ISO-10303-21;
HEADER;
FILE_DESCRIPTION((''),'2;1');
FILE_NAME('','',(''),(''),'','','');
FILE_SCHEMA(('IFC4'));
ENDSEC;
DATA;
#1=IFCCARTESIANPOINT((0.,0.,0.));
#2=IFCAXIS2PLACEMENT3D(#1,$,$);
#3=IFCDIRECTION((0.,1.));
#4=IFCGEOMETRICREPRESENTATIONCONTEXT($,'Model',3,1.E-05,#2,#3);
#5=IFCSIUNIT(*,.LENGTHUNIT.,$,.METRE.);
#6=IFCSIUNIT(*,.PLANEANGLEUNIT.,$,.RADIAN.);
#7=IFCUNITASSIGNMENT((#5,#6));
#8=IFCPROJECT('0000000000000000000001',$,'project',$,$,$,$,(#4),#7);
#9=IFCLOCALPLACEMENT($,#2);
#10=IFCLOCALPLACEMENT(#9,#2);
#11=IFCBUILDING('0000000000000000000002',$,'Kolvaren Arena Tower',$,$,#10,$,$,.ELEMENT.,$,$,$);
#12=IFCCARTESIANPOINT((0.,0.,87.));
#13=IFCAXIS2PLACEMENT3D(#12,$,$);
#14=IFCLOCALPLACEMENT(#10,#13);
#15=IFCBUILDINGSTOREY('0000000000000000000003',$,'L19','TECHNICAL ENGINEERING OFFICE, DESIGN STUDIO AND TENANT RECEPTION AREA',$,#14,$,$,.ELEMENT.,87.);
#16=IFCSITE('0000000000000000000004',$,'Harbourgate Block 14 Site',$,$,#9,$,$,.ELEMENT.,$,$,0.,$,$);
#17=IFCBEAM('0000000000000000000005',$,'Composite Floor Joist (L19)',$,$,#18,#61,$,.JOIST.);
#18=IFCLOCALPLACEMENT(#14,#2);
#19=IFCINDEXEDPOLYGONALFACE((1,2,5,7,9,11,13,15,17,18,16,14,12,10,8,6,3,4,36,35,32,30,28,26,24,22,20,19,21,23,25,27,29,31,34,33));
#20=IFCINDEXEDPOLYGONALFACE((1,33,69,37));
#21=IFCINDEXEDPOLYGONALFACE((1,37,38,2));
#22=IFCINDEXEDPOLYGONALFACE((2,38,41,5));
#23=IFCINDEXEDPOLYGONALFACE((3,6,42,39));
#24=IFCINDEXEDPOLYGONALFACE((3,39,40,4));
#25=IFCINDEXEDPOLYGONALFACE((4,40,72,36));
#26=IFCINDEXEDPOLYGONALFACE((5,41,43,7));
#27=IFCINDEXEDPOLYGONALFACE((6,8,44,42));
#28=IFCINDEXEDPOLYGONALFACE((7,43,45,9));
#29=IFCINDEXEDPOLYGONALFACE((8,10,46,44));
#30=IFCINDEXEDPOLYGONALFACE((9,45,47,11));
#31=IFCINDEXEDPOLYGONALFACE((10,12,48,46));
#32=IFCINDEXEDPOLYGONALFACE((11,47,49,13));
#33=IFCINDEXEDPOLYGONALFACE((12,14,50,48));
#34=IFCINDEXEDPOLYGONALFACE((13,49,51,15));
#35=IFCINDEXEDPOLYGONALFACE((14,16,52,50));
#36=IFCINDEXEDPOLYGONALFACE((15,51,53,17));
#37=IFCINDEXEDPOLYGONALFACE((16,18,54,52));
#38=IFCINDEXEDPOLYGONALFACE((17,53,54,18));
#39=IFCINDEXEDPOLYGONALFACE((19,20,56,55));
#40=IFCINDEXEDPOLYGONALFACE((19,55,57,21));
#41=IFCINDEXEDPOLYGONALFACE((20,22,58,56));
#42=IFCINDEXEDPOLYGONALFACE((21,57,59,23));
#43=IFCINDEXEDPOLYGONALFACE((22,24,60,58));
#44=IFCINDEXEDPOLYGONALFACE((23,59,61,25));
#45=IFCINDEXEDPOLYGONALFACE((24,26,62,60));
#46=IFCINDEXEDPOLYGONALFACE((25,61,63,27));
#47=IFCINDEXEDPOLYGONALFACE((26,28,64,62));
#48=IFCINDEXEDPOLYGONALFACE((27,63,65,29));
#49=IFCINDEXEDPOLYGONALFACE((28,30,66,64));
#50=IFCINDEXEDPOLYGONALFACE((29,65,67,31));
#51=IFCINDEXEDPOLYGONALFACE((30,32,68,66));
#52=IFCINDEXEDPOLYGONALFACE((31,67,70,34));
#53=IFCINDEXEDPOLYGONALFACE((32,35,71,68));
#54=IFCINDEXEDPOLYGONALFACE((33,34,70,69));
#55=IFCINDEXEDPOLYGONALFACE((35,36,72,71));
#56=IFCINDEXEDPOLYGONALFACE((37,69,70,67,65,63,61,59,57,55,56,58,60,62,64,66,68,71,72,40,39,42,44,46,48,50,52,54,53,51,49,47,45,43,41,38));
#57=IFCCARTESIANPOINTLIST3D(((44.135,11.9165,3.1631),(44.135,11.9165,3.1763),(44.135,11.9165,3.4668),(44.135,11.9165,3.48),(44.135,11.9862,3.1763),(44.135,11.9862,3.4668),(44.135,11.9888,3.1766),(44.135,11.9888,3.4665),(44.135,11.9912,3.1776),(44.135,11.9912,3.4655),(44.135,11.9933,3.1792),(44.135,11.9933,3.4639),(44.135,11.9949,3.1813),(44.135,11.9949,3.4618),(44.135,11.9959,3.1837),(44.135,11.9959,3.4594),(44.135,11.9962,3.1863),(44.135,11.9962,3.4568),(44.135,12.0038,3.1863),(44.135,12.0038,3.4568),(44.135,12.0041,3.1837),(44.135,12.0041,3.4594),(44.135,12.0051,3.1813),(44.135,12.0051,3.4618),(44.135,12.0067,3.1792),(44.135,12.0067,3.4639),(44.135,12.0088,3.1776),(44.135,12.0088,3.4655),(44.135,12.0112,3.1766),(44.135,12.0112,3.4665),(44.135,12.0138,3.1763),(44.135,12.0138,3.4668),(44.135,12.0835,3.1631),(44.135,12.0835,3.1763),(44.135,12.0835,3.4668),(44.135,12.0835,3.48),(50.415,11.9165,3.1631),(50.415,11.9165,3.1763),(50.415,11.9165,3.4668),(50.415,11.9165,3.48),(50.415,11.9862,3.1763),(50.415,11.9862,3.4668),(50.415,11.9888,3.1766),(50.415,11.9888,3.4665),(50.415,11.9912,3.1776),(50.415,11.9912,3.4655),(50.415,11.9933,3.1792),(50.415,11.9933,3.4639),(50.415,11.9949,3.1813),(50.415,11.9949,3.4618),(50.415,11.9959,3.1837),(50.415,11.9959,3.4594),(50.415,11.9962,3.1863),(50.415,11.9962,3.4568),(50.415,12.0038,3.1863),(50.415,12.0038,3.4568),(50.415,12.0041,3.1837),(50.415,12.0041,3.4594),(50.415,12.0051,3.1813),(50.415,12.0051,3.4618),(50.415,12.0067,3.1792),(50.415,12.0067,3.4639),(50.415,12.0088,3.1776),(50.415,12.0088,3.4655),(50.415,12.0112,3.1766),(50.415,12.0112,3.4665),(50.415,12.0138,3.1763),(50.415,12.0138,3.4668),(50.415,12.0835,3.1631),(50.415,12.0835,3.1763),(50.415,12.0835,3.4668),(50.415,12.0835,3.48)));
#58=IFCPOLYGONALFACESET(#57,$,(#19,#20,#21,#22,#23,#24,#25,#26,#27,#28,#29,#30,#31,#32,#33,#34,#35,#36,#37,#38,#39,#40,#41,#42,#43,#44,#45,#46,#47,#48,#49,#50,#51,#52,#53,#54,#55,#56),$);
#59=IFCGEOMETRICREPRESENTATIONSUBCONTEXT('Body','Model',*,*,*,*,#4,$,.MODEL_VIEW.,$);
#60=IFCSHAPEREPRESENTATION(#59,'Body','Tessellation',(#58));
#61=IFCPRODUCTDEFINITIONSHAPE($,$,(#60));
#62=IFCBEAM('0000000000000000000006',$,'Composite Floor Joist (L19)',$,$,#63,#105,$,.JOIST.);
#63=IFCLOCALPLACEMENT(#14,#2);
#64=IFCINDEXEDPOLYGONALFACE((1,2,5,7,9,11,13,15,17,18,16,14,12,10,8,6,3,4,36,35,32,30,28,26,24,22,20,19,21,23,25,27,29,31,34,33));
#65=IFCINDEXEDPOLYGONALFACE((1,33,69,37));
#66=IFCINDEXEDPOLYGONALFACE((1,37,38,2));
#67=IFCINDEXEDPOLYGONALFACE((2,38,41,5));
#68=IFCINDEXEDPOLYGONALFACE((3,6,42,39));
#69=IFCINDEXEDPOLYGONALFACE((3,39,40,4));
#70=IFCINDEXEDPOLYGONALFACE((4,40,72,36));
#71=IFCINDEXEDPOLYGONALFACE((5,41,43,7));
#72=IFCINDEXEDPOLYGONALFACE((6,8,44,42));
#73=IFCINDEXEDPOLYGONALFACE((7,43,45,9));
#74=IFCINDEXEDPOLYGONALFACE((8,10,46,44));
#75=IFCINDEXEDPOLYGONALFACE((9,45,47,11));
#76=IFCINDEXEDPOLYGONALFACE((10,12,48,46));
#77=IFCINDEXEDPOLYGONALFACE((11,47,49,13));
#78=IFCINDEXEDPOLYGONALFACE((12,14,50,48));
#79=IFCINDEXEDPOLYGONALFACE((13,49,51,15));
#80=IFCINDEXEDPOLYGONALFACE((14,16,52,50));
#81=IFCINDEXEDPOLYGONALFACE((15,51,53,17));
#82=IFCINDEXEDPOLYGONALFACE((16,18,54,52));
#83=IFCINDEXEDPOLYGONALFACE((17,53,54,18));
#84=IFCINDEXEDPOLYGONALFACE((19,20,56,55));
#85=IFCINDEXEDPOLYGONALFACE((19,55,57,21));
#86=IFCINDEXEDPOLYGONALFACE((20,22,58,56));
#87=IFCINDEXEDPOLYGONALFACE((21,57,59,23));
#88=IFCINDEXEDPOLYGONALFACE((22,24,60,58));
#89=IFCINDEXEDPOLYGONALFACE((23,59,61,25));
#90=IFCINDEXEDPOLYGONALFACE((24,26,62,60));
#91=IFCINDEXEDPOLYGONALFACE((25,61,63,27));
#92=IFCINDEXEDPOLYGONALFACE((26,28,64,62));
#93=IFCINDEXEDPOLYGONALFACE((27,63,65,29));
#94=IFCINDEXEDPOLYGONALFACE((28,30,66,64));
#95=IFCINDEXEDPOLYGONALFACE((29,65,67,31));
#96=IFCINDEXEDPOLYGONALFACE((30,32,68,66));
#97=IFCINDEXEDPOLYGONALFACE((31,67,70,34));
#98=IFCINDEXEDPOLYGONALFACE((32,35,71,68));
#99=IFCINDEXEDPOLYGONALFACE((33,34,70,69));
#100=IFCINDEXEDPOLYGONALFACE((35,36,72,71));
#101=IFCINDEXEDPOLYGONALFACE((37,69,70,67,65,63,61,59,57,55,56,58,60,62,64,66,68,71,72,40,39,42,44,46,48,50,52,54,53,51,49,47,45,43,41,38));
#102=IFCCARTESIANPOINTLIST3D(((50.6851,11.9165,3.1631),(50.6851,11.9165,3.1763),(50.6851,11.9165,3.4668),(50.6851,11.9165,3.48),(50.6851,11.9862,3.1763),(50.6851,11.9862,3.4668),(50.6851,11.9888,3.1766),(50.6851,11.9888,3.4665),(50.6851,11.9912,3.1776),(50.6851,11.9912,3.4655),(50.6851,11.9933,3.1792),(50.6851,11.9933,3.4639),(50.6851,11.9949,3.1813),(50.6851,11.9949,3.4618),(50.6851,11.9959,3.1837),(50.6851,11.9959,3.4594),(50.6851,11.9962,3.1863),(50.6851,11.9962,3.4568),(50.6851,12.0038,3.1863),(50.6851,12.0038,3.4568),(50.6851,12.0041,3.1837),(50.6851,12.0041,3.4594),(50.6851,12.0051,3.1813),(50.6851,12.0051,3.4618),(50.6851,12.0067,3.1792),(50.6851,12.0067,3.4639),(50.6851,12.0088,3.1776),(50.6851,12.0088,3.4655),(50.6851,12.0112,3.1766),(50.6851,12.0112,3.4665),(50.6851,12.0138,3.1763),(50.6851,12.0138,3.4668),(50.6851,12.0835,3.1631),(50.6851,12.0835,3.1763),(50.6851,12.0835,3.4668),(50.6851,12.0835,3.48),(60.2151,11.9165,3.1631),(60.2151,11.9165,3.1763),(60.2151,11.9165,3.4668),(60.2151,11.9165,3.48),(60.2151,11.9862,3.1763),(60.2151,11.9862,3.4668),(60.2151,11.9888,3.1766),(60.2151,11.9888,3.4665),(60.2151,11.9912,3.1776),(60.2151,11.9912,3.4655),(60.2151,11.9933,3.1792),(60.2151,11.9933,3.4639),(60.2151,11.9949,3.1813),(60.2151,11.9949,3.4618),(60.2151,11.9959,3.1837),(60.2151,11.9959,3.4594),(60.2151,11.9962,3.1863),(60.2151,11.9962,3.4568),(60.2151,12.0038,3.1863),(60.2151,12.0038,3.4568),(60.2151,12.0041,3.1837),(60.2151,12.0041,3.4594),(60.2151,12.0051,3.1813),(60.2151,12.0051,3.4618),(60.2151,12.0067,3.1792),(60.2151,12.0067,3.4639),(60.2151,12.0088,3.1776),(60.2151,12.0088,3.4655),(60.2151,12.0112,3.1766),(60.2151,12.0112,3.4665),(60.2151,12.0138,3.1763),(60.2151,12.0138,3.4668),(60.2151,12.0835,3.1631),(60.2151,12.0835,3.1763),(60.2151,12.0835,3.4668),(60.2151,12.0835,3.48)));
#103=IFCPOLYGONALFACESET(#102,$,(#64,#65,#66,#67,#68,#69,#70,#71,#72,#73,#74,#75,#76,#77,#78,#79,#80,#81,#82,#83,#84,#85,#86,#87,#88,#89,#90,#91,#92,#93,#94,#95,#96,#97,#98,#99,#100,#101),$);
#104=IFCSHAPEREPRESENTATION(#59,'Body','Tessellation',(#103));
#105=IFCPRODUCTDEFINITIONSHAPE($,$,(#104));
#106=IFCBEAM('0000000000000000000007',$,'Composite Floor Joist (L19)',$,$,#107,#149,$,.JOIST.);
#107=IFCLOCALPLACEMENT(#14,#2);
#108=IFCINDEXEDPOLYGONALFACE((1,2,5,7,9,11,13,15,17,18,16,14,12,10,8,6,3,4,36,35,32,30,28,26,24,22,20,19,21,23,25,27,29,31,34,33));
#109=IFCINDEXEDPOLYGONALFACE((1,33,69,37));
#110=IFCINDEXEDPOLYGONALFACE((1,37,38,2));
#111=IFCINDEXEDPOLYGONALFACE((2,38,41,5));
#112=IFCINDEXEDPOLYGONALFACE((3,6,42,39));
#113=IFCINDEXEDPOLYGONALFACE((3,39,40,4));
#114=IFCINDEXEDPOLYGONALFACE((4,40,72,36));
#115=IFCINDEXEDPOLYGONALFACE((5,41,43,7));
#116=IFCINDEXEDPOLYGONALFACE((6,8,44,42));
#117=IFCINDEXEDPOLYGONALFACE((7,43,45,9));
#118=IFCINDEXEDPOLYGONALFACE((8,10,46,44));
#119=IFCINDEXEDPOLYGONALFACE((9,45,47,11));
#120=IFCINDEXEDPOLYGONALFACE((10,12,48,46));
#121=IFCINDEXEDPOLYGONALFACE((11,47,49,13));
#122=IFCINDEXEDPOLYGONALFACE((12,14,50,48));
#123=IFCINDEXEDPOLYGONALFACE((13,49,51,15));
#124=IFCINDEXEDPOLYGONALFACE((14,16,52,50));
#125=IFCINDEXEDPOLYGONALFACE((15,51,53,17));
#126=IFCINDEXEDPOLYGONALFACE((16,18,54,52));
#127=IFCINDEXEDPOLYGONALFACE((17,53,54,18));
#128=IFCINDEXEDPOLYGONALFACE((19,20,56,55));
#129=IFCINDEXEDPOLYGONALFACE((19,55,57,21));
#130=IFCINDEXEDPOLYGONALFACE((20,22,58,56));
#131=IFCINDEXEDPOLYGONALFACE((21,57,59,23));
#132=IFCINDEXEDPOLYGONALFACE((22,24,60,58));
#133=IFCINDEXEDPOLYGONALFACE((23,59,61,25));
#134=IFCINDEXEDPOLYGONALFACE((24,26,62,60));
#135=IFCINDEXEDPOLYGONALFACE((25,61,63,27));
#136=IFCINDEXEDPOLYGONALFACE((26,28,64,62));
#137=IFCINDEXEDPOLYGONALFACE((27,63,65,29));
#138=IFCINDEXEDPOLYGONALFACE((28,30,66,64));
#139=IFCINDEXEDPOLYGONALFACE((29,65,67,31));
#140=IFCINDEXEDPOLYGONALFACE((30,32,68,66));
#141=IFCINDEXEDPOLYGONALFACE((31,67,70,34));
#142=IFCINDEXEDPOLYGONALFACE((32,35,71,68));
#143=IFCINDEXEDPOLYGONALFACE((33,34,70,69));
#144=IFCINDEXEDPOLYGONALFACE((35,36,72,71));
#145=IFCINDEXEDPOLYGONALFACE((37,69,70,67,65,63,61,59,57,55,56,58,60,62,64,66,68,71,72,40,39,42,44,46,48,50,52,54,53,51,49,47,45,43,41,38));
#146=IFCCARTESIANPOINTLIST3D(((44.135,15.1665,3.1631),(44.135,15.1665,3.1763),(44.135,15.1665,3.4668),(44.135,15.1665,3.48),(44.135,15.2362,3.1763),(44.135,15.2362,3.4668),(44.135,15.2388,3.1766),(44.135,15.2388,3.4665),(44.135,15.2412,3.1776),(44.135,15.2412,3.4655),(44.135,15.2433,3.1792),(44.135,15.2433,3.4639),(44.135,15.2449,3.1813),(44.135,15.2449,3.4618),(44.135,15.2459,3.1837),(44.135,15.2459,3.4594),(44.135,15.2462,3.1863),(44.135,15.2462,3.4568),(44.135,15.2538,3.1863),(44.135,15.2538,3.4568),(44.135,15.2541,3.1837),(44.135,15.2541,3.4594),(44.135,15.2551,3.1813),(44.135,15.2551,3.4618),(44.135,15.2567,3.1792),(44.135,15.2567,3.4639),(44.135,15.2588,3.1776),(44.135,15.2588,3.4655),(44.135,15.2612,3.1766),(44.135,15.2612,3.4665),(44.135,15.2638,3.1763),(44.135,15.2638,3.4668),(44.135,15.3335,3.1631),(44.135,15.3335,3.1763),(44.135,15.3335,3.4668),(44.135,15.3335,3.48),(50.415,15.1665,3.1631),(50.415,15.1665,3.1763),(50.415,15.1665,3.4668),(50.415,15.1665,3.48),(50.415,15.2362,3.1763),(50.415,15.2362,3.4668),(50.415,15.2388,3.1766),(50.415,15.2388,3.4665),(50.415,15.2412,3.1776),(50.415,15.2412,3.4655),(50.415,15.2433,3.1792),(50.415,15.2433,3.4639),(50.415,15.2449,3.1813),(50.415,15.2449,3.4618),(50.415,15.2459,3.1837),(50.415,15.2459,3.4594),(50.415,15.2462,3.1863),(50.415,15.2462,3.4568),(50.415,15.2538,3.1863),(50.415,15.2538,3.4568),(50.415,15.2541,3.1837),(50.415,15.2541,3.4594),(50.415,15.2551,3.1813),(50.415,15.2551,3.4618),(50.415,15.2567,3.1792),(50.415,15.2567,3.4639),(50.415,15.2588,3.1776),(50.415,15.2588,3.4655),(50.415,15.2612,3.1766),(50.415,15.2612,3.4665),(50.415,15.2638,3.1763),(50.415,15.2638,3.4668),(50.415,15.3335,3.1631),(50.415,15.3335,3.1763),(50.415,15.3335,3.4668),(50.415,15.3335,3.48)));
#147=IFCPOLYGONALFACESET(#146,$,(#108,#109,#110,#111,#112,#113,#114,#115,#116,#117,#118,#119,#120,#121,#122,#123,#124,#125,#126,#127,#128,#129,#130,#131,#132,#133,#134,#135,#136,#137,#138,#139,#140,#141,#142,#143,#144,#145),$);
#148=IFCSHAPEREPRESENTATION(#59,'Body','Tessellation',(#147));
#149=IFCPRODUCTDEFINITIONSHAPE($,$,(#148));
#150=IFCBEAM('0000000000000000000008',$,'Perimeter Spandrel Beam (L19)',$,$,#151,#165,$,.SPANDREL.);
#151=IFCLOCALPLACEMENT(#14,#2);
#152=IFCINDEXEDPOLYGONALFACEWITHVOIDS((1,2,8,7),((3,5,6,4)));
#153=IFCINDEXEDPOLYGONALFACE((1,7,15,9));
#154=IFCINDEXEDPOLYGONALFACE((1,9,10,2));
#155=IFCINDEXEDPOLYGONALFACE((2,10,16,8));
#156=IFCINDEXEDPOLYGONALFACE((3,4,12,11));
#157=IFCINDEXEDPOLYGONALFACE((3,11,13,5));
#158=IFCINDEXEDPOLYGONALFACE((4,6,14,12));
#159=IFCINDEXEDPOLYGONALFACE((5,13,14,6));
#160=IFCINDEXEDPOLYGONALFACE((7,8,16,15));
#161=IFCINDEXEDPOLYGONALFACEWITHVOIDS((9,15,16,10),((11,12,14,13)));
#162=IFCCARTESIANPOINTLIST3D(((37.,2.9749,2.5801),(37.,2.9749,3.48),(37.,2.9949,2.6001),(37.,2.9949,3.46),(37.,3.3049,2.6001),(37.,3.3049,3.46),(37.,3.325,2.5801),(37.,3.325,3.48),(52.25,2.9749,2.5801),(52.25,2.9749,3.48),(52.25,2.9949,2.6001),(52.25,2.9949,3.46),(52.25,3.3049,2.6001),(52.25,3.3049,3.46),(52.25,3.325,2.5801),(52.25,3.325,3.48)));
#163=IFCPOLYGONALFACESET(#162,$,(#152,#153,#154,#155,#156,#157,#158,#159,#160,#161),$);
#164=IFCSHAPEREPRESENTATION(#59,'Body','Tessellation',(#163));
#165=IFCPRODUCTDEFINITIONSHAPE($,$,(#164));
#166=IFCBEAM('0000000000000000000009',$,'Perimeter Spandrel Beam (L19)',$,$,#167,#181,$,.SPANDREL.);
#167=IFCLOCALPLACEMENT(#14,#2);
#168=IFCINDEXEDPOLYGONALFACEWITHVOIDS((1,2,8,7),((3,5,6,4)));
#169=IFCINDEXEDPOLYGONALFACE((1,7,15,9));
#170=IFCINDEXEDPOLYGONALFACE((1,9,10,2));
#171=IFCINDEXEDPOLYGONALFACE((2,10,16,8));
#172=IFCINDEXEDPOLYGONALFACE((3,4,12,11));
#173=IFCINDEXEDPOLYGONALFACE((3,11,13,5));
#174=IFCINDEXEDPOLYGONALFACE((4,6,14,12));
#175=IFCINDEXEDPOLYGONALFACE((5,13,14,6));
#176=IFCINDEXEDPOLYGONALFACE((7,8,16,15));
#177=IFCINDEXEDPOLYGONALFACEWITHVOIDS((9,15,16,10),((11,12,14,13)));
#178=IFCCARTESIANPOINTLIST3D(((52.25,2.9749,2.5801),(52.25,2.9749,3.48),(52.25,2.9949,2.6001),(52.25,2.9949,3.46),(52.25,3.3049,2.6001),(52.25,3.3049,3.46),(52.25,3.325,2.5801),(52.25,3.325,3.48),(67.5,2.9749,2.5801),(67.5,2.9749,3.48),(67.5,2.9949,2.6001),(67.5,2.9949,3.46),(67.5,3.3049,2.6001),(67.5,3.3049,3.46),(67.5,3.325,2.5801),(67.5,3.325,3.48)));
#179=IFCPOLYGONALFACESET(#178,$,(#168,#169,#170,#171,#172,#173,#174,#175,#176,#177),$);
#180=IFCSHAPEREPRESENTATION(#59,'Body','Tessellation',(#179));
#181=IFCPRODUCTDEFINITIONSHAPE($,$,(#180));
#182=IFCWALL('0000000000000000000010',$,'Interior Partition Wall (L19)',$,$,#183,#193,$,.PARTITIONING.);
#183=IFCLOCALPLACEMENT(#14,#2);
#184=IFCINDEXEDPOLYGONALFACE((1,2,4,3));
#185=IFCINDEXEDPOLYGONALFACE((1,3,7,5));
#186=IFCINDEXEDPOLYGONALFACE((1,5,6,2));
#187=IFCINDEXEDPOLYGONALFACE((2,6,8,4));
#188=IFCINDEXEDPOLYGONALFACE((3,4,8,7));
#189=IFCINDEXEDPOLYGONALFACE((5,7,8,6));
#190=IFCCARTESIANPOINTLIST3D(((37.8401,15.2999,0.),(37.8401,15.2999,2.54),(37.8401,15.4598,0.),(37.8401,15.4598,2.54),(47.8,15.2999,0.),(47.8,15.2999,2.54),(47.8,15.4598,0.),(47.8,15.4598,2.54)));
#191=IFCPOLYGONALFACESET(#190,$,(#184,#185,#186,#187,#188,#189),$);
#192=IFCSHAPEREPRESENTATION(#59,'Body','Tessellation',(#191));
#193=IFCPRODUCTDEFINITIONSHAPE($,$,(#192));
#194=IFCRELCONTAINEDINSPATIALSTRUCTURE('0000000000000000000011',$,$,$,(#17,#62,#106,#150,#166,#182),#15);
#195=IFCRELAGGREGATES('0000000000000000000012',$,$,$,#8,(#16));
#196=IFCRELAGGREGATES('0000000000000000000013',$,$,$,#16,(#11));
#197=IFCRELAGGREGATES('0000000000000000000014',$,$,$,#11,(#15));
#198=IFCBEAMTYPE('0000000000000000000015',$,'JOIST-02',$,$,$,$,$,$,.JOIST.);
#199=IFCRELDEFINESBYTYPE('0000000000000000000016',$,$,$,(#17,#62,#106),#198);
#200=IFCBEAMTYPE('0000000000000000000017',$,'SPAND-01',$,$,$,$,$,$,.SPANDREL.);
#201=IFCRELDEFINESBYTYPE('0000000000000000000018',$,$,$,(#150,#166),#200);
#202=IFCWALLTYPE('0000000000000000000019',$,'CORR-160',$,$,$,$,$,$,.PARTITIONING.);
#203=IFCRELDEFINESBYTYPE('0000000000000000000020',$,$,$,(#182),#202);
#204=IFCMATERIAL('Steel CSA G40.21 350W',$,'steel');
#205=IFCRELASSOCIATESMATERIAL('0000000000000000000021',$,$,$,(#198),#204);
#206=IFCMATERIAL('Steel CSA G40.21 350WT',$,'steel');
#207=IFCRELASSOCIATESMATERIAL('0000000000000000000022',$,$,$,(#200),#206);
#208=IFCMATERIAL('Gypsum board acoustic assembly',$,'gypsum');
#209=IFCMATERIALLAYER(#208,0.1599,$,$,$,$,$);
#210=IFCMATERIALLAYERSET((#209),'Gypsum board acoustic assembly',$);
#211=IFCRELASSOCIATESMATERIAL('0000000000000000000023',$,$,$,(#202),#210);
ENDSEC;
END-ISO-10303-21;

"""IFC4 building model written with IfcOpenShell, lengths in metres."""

from ifc_helpers import new_model, si_unit, direction, frame, frame_2d, origin, origin_2d, place, context, subcontext, project, spatial, rectangle, hollow_rectangle, i_section, extrude, material, layer, layer_set, material_profile, profile_set, type_object, element, save


model = new_model("IFC4")

# Units and contexts
model_context = context("Model", 3, precision=1e-05, world=origin(), true_north=direction((0.0, 1.0)))
body_context = subcontext(model_context, "Body", "Model", "MODEL_VIEW")
ifc_project = project(units=[si_unit("LENGTHUNIT", "METRE"), si_unit("PLANEANGLEUNIT", "RADIAN")], contexts=[model_context])

# Site, building, storey
site_placement = place(None, origin())
site = spatial("IfcSite", under=ifc_project, at=site_placement, Name="Harbourgate Block 14 Site", CompositionType="ELEMENT", RefElevation=0.0)
building_placement = place(site_placement, origin())
building = spatial("IfcBuilding", under=site, at=building_placement, Name="Kolvaren Arena Tower", CompositionType="ELEMENT")
storey_placement = place(building_placement, frame((0.0, 0.0, 87.0)))
storey = spatial("IfcBuildingStorey", under=building, at=storey_placement, Name="L19", Description="TECHNICAL ENGINEERING OFFICE, DESIGN STUDIO AND TENANT RECEPTION AREA", CompositionType="ELEMENT", Elevation=87.0)

# Beams
ifc_material_1 = material(Name="Steel CSA G40.21 350W", Category="steel")
ifc_material_profile_1 = material_profile(ifc_material_1, i_section(OverallWidth=0.167, OverallDepth=0.3169, WebThickness=0.0076, FlangeThickness=0.0132, FilletRadius=0.01, at=origin_2d()), Name="W310x52")
ifc_profile_set_1 = profile_set([ifc_material_profile_1], Name="Steel CSA G40.21 350W")
beam_type_1 = type_object("IfcBeamType", Name="JOIST-02", PredefinedType="JOIST", material=ifc_profile_set_1)
beam_1_placement = place(storey_placement, frame((44.135, 12.0, 3.3215), z_axis=(1.0, 0.0, 0.0), x_axis=(0.0, 1.0, 0.0)))
element("IfcBeam", 1, at=beam_1_placement, inside=storey, type_object=beam_type_1, Name="Composite Floor Joist (L19)", PredefinedType="JOIST", context=body_context, shape_type="SweptSolid", body=[
    extrude(i_section(OverallWidth=0.167, OverallDepth=0.3169, WebThickness=0.0076, FlangeThickness=0.0132, FilletRadius=0.01, at=origin_2d()), origin(), (0.0, 0.0, 1.0), 6.28),
])
beam_2_placement = place(storey_placement, frame((50.6851, 12.0, 3.3215), z_axis=(1.0, 0.0, 0.0), x_axis=(0.0, 1.0, 0.0)))
element("IfcBeam", 2, at=beam_2_placement, inside=storey, type_object=beam_type_1, Name="Composite Floor Joist (L19)", PredefinedType="JOIST", context=body_context, shape_type="SweptSolid", body=[
    extrude(i_section(OverallWidth=0.167, OverallDepth=0.3169, WebThickness=0.0076, FlangeThickness=0.0132, FilletRadius=0.01, at=origin_2d()), origin(), (0.0, 0.0, 1.0), 9.53),
])
beam_3_placement = place(storey_placement, frame((44.135, 15.25, 3.3215), z_axis=(1.0, 0.0, 0.0), x_axis=(0.0, 1.0, 0.0)))
element("IfcBeam", 3, at=beam_3_placement, inside=storey, type_object=beam_type_1, Name="Composite Floor Joist (L19)", PredefinedType="JOIST", context=body_context, shape_type="SweptSolid", body=[
    extrude(i_section(OverallWidth=0.167, OverallDepth=0.3169, WebThickness=0.0076, FlangeThickness=0.0132, FilletRadius=0.01, at=origin_2d()), origin(), (0.0, 0.0, 1.0), 6.28),
])
ifc_material_2 = material(Name="Steel CSA G40.21 350WT", Category="steel")
ifc_material_profile_2 = material_profile(ifc_material_2, hollow_rectangle(XDim=0.3501, YDim=0.8999, WallThickness=0.02, at=origin_2d()), Name="HSS 900x350x20")
ifc_profile_set_2 = profile_set([ifc_material_profile_2], Name="Steel CSA G40.21 350WT")
beam_type_2 = type_object("IfcBeamType", Name="SPAND-01", PredefinedType="SPANDREL", material=ifc_profile_set_2)
for number, where, z_axis, x_axis, name in (
    (4, (37.0, 3.1499, 3.03), (1.0, 0.0, 0.0), (0.0, 1.0, 0.0), "Perimeter Spandrel Beam (L19)"),
    (5, (52.25, 3.1499, 3.03), (1.0, 0.0, 0.0), (0.0, 1.0, 0.0), "Perimeter Spandrel Beam (L19)"),
):
    element("IfcBeam", number, at=place(storey_placement, frame(where, z_axis=z_axis, x_axis=x_axis)), inside=storey, type_object=beam_type_2, Name=name, PredefinedType="SPANDREL", context=body_context, shape_type="SweptSolid", body=[
        extrude(hollow_rectangle(XDim=0.3501, YDim=0.8999, WallThickness=0.02, at=origin_2d()), origin(), (0.0, 0.0, 1.0), 15.25),
    ])

# Wall
ifc_material_3 = material(Name="Gypsum board acoustic assembly", Category="gypsum")
ifc_layer_1 = layer(ifc_material_3, 0.1599)
ifc_layer_set_1 = layer_set([ifc_layer_1], Name="Gypsum board acoustic assembly")
wall_type_1 = type_object("IfcWallType", Name="CORR-160", PredefinedType="PARTITIONING", material=ifc_layer_set_1)
wall_1_placement = place(storey_placement, frame((37.8401, 15.3799, 0.0), z_axis=(0.0, 0.0, 1.0), x_axis=(1.0, 0.0, 0.0)))
element("IfcWall", 6, at=wall_1_placement, inside=storey, type_object=wall_type_1, Name="Interior Partition Wall (L19)", PredefinedType="PARTITIONING", context=body_context, shape_type="SweptSolid", body=[
    extrude(rectangle(XDim=9.96, YDim=0.1599, at=frame_2d((4.98, 0.0))), origin(), (0.0, 0.0, 1.0), 2.54),
])

save(model, "model.ifc")
